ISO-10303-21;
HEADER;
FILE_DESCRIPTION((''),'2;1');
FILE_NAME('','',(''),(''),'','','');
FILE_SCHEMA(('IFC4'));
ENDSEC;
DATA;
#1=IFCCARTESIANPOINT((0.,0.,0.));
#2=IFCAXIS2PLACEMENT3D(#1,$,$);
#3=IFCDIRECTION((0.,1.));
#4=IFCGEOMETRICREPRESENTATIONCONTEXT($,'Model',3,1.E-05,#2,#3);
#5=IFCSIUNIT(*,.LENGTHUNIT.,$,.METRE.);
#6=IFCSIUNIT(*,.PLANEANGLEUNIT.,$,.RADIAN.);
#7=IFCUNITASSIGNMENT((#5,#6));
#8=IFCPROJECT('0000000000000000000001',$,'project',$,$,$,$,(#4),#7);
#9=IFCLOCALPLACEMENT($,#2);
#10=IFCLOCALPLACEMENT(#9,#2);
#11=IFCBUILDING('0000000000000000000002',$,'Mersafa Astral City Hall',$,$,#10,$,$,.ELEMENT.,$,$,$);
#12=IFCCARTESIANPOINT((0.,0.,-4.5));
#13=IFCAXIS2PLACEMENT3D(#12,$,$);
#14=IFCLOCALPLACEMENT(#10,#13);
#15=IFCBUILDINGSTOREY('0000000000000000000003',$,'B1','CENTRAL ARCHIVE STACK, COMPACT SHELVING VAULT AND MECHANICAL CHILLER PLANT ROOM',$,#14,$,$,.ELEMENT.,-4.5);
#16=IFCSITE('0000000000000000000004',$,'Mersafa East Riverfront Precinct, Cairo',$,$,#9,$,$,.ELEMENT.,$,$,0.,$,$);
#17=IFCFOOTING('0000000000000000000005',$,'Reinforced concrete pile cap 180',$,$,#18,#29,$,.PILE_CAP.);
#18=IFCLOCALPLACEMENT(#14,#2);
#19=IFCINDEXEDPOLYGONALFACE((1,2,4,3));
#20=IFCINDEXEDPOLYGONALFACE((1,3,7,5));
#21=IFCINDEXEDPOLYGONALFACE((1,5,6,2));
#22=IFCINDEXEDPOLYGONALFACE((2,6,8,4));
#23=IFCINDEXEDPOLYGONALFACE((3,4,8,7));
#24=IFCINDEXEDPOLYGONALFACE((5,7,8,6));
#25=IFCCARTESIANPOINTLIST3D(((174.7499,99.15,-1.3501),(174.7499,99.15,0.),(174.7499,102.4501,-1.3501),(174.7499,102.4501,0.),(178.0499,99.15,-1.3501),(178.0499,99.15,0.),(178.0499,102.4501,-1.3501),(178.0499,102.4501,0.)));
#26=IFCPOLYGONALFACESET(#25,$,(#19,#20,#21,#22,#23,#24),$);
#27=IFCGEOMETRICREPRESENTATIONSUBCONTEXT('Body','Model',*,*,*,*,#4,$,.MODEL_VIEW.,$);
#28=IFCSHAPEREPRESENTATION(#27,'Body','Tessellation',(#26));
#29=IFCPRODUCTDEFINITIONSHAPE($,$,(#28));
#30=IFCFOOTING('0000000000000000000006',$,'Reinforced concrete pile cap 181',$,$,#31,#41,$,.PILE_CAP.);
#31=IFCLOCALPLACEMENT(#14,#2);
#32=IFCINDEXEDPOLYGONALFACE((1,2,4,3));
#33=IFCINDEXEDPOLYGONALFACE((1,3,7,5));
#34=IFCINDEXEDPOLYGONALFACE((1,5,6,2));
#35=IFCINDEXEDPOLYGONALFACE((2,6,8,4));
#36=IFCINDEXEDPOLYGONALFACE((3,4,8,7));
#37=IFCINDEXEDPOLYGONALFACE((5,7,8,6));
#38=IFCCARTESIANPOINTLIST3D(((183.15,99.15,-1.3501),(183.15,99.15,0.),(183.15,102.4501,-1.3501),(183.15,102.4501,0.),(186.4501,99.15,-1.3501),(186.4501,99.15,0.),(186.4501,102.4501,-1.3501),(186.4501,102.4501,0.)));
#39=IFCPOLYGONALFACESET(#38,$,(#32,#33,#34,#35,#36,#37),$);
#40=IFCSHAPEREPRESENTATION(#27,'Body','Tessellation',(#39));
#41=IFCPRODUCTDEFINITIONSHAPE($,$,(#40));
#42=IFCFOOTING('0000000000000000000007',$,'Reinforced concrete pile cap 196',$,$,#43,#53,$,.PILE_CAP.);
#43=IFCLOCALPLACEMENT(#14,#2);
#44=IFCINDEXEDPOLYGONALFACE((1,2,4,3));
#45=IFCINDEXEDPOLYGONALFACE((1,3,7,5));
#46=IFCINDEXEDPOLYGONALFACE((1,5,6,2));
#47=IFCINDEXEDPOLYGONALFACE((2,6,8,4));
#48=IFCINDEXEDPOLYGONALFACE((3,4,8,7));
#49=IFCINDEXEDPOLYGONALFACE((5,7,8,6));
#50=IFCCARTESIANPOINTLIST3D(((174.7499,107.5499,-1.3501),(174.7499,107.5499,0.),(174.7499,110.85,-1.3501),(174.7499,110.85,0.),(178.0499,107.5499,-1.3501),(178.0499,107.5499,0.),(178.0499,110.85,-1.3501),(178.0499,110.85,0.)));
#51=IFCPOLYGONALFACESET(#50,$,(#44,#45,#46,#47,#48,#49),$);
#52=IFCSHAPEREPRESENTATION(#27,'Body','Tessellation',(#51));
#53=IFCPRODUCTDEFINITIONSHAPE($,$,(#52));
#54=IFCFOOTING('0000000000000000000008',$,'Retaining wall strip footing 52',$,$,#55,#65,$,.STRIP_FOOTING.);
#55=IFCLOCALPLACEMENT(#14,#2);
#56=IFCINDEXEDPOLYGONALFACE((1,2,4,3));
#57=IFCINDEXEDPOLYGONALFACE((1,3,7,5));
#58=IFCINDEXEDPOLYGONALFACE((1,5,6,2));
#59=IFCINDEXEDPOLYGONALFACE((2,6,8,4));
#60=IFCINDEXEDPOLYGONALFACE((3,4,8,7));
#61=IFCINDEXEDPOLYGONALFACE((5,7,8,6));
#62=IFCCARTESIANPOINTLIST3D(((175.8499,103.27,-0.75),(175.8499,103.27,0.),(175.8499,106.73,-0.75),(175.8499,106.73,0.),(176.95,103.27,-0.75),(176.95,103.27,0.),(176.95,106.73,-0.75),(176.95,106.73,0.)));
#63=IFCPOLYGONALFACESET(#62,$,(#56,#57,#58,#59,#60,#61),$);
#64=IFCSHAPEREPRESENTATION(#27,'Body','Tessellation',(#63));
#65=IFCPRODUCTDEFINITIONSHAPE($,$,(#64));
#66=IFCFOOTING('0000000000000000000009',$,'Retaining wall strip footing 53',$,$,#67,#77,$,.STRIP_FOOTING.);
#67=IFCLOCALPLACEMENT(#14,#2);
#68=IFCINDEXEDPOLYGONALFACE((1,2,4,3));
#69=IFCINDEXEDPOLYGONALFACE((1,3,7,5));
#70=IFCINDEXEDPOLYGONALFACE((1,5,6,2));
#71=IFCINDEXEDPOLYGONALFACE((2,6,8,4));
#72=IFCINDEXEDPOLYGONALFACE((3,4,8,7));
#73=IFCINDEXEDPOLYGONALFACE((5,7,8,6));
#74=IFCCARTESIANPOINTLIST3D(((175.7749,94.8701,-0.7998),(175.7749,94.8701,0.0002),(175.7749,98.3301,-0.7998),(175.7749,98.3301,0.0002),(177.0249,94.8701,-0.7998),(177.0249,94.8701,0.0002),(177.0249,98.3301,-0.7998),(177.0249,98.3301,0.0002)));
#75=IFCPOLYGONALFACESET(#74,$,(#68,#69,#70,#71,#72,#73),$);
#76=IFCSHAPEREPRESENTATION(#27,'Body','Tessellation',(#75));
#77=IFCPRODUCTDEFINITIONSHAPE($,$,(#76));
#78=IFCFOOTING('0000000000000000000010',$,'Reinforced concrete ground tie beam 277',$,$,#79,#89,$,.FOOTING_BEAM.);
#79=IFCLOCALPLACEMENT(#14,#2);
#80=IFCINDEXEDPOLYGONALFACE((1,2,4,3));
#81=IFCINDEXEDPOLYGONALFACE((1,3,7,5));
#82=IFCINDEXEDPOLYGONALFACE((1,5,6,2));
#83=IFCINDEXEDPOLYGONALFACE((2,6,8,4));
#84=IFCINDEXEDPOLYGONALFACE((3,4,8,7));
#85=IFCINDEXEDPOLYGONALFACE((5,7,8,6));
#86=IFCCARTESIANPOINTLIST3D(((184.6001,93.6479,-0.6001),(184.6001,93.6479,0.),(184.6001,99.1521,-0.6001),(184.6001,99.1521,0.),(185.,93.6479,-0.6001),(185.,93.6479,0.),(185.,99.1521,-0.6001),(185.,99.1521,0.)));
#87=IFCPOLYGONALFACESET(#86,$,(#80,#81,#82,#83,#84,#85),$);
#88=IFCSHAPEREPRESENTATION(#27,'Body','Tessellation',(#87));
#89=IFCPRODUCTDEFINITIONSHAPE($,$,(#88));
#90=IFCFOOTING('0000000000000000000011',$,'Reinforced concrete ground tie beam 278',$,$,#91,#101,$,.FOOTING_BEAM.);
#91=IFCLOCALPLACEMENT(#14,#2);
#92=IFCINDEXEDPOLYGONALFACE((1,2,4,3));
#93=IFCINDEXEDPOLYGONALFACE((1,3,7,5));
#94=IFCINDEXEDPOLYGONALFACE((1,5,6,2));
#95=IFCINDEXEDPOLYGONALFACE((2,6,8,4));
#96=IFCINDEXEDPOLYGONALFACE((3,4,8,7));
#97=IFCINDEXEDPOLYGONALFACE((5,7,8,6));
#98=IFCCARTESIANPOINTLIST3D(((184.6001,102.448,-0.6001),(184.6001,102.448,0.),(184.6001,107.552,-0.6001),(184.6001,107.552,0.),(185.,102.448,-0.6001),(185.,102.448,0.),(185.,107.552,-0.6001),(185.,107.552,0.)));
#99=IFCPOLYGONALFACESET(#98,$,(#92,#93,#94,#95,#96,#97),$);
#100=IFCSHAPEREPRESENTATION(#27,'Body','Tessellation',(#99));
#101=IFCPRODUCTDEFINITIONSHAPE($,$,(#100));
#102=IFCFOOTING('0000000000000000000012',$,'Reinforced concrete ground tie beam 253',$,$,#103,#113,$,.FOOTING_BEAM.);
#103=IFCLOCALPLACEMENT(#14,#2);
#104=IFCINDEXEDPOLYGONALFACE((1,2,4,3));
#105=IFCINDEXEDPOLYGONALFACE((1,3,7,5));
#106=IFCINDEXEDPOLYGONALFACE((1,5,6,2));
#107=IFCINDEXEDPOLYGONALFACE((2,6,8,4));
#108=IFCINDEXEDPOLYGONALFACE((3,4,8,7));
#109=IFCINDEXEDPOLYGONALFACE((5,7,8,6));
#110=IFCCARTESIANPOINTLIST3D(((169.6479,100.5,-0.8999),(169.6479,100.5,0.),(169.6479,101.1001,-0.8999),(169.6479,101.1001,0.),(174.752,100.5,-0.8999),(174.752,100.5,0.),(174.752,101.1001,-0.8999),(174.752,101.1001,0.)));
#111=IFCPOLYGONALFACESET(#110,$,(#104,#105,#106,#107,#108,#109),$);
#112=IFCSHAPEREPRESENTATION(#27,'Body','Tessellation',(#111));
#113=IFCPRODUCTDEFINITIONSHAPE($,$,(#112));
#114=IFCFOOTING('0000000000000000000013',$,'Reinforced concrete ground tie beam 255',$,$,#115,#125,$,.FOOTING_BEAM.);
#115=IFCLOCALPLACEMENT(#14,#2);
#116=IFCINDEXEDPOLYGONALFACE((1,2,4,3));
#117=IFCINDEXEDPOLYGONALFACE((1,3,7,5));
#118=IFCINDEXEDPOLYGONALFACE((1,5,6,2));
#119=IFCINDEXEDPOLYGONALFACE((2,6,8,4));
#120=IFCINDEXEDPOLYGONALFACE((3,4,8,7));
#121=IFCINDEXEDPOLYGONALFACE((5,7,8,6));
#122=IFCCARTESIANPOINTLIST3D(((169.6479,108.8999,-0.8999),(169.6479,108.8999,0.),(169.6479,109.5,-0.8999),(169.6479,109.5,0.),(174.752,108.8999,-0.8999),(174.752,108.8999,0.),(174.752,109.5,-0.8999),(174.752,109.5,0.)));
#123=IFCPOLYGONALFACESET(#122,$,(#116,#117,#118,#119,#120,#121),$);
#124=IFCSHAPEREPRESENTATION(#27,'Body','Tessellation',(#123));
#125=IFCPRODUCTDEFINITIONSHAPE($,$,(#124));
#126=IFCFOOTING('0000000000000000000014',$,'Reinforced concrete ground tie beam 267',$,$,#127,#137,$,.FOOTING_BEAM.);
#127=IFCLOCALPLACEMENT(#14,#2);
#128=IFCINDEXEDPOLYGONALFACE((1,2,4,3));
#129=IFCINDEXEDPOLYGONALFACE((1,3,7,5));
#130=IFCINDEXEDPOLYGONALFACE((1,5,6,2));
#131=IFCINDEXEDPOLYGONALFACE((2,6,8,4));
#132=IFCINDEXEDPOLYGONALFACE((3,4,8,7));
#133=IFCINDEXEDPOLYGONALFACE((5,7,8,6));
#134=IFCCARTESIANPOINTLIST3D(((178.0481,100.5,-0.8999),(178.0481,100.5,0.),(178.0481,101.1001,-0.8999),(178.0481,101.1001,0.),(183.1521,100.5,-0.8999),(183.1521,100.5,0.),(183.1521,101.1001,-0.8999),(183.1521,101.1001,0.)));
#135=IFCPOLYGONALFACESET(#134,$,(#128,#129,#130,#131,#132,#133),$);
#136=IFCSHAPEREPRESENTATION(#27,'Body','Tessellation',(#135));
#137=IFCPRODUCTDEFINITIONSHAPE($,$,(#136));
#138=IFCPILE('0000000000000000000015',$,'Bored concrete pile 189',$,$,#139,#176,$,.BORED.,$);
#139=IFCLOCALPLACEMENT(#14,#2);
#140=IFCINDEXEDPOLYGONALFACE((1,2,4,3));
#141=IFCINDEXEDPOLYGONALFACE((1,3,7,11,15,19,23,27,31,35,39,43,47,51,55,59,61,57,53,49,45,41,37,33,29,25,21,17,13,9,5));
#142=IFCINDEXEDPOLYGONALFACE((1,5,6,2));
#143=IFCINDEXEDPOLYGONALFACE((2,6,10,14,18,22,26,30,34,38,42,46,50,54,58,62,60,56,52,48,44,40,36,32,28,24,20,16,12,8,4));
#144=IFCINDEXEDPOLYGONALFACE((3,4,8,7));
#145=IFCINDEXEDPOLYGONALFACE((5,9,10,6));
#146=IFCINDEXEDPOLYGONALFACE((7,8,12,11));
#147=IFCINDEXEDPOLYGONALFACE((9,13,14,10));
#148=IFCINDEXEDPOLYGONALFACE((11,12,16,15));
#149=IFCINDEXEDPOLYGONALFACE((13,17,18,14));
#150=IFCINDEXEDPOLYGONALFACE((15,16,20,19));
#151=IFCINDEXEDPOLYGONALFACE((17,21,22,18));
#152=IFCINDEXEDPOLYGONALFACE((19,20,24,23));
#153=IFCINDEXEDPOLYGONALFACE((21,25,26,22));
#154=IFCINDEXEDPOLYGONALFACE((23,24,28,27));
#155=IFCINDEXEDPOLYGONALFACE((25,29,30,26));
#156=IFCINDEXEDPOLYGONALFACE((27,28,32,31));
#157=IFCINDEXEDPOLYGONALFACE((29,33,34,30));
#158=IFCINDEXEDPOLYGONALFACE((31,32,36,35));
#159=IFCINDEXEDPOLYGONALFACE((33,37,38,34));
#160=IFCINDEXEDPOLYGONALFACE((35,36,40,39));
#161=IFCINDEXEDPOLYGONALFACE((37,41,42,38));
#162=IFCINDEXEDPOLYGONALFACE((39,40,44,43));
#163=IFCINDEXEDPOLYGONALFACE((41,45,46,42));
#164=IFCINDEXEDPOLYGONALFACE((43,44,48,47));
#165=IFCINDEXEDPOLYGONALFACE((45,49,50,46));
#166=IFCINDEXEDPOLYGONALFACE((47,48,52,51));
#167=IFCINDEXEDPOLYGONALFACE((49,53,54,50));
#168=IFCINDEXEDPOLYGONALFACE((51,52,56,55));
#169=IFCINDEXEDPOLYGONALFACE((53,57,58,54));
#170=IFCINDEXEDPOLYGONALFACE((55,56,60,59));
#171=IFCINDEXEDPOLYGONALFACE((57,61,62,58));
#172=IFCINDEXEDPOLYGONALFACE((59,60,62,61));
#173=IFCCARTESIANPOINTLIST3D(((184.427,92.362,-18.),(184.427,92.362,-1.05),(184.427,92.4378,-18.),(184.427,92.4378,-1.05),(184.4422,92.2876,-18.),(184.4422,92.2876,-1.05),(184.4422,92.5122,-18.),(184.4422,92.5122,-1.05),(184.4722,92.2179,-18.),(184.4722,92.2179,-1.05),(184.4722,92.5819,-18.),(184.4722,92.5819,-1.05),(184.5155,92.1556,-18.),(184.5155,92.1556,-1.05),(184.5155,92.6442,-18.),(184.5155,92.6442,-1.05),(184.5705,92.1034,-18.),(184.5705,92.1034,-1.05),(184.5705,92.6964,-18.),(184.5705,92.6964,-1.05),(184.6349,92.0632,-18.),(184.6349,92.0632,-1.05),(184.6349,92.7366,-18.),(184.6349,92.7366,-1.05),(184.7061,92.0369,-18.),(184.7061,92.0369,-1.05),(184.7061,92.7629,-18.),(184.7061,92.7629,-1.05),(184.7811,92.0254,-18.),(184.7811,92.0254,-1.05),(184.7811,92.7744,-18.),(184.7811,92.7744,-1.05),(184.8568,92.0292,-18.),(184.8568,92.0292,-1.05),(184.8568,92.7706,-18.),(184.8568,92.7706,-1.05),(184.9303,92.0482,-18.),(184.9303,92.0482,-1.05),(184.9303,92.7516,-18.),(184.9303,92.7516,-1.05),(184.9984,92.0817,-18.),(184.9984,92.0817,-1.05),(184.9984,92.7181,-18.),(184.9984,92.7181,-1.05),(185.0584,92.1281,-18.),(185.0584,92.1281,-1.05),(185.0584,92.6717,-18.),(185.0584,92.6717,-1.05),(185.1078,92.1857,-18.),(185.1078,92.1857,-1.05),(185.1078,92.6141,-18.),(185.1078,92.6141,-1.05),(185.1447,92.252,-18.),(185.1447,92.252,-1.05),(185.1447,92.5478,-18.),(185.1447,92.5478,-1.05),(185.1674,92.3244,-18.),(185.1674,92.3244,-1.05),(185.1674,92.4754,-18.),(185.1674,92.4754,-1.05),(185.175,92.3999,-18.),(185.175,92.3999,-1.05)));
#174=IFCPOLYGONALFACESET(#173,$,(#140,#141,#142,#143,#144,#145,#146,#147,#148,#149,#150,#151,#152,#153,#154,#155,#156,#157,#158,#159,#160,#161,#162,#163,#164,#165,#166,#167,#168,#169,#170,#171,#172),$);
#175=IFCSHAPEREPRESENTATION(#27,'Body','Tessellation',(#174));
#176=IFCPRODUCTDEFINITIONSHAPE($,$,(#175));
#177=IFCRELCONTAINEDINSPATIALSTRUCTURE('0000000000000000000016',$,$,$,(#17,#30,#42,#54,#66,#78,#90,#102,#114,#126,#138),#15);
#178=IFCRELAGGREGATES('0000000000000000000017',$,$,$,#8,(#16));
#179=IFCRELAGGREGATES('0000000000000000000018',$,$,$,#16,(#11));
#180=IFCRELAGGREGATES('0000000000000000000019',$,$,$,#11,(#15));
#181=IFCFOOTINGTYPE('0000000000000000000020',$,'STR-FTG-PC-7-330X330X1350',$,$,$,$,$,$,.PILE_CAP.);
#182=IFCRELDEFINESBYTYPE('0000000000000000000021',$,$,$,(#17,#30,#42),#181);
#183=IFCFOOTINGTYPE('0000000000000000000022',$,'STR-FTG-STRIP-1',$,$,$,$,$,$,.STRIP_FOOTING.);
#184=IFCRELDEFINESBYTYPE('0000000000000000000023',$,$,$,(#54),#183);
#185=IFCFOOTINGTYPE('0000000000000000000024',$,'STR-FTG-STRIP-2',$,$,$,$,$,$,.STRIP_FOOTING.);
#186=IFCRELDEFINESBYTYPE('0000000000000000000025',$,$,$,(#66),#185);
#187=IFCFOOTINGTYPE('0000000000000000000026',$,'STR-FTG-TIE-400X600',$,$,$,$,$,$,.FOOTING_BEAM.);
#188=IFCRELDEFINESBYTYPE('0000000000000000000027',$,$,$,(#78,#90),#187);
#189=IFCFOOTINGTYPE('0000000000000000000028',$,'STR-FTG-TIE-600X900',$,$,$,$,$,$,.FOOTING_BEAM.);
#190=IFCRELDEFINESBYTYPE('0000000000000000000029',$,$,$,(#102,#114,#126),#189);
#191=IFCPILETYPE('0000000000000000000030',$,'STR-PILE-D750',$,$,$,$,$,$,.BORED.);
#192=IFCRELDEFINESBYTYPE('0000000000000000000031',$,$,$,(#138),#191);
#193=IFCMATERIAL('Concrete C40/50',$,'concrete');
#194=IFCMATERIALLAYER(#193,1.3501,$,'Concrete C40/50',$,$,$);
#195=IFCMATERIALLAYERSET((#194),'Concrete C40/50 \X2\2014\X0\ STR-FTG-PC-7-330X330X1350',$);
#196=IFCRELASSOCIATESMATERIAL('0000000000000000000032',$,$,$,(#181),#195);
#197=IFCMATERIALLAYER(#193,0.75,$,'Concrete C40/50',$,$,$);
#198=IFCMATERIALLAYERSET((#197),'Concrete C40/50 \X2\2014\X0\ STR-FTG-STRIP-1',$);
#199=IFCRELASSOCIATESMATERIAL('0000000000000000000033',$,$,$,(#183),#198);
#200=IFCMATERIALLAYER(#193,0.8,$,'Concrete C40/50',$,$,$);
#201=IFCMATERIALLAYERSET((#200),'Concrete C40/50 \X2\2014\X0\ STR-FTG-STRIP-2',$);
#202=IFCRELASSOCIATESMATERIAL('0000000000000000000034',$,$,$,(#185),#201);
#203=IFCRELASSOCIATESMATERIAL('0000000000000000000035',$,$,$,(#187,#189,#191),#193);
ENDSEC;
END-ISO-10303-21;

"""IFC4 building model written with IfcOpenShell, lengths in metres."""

from ifc_helpers import new_model, si_unit, direction, frame, origin, origin_2d, place, context, subcontext, project, spatial, rectangle, circle, extrude, material, layer, layer_set, material_profile, profile_set, type_object, element, save


model = new_model("IFC4")

# Units and contexts
model_context = context("Model", 3, precision=1e-05, world=origin(), true_north=direction((0.0, 1.0)))
body_context = subcontext(model_context, "Body", "Model", "MODEL_VIEW")
ifc_project = project(units=[si_unit("LENGTHUNIT", "METRE"), si_unit("PLANEANGLEUNIT", "RADIAN")], contexts=[model_context])

# Site, building, storey
site_placement = place(None, origin())
site = spatial("IfcSite", under=ifc_project, at=site_placement, Name="Mersafa East Riverfront Precinct, Cairo", CompositionType="ELEMENT", RefElevation=0.0)
building_placement = place(site_placement, origin())
building = spatial("IfcBuilding", under=site, at=building_placement, Name="Mersafa Astral City Hall", CompositionType="ELEMENT")
storey_placement = place(building_placement, frame((0.0, 0.0, -4.5)))
storey = spatial("IfcBuildingStorey", under=building, at=storey_placement, Name="B1", Description="CENTRAL ARCHIVE STACK, COMPACT SHELVING VAULT AND MECHANICAL CHILLER PLANT ROOM", CompositionType="ELEMENT", Elevation=-4.5)

# Footings
ifc_material_1 = material(Name="Concrete C40/50", Category="concrete")
ifc_layer_1 = layer(ifc_material_1, 1.3501, Name="Concrete C40/50")
ifc_layer_set_1 = layer_set([ifc_layer_1], Name="Concrete C40/50 — STR-FTG-PC-7-330X330X1350")
footing_type_1 = type_object("IfcFootingType", Name="STR-FTG-PC-7-330X330X1350", PredefinedType="PILE_CAP", material=ifc_layer_set_1)
for number, where, z_axis, x_axis, name in (
    (1, (176.3999, 100.8, -1.3501), (0.0, 0.0, 1.0), (1.0, 0.0, 0.0), "Reinforced concrete pile cap 180"),
    (2, (184.8, 100.8, -1.3501), (0.0, 0.0, 1.0), (1.0, 0.0, 0.0), "Reinforced concrete pile cap 181"),
    (3, (176.3999, 109.2, -1.3501), (0.0, 0.0, 1.0), (1.0, 0.0, 0.0), "Reinforced concrete pile cap 196"),
):
    element("IfcFooting", number, at=place(storey_placement, frame(where, z_axis=z_axis, x_axis=x_axis)), inside=storey, type_object=footing_type_1, Name=name, PredefinedType="PILE_CAP", context=body_context, shape_type="SweptSolid", body=[
        extrude(rectangle(XDim=3.3, YDim=3.3, at=origin_2d()), origin(), (0.0, 0.0, 1.0), 1.3501),
    ])
ifc_layer_2 = layer(ifc_material_1, 0.75, Name="Concrete C40/50")
ifc_layer_set_2 = layer_set([ifc_layer_2], Name="Concrete C40/50 — STR-FTG-STRIP-1")
footing_type_2 = type_object("IfcFootingType", Name="STR-FTG-STRIP-1", PredefinedType="STRIP_FOOTING", material=ifc_layer_set_2)
footing_1_placement = place(storey_placement, frame((176.3999, 105.0, -0.75), z_axis=(0.0, 0.0, 1.0), x_axis=(0.0, -1.0, 0.0)))
element("IfcFooting", 4, at=footing_1_placement, inside=storey, type_object=footing_type_2, Name="Retaining wall strip footing 52", PredefinedType="STRIP_FOOTING", context=body_context, shape_type="SweptSolid", body=[
    extrude(rectangle(XDim=3.46, YDim=1.1001, at=origin_2d()), origin(), (0.0, 0.0, 1.0), 0.75),
])
ifc_layer_3 = layer(ifc_material_1, 0.8, Name="Concrete C40/50")
ifc_layer_set_3 = layer_set([ifc_layer_3], Name="Concrete C40/50 — STR-FTG-STRIP-2")
footing_type_3 = type_object("IfcFootingType", Name="STR-FTG-STRIP-2", PredefinedType="STRIP_FOOTING", material=ifc_layer_set_3)
footing_2_placement = place(storey_placement, frame((176.3999, 96.6001, -0.7998), z_axis=(0.0, 0.0, 1.0), x_axis=(0.0, -1.0, 0.0)))
element("IfcFooting", 5, at=footing_2_placement, inside=storey, type_object=footing_type_3, Name="Retaining wall strip footing 53", PredefinedType="STRIP_FOOTING", context=body_context, shape_type="SweptSolid", body=[
    extrude(rectangle(XDim=3.46, YDim=1.25, at=origin_2d()), origin(), (0.0, 0.0, 1.0), 0.8),
])
ifc_material_profile_1 = material_profile(ifc_material_1, rectangle(XDim=0.3999, YDim=0.6001, at=origin_2d()), Name="RC 400x600")
ifc_profile_set_1 = profile_set([ifc_material_profile_1], Name="Concrete C40/50")
footing_type_4 = type_object("IfcFootingType", Name="STR-FTG-TIE-400X600", PredefinedType="FOOTING_BEAM", material=ifc_profile_set_1)
footing_3_placement = place(storey_placement, frame((184.8, 93.6479, -0.3), z_axis=(0.0, 1.0, 0.0), x_axis=(-1.0, 0.0, 0.0)))
element("IfcFooting", 6, at=footing_3_placement, inside=storey, type_object=footing_type_4, Name="Reinforced concrete ground tie beam 277", PredefinedType="FOOTING_BEAM", context=body_context, shape_type="SweptSolid", body=[
    extrude(rectangle(XDim=0.3999, YDim=0.6001, at=origin_2d()), origin(), (0.0, 0.0, 1.0), 5.5042),
])
footing_4_placement = place(storey_placement, frame((184.8, 102.448, -0.3), z_axis=(0.0, 1.0, 0.0), x_axis=(-1.0, 0.0, 0.0)))
element("IfcFooting", 7, at=footing_4_placement, inside=storey, type_object=footing_type_4, Name="Reinforced concrete ground tie beam 278", PredefinedType="FOOTING_BEAM", context=body_context, shape_type="SweptSolid", body=[
    extrude(rectangle(XDim=0.3999, YDim=0.6001, at=origin_2d()), origin(), (0.0, 0.0, 1.0), 5.104),
])
ifc_material_profile_2 = material_profile(ifc_material_1, rectangle(XDim=0.6001, YDim=0.8999, at=origin_2d()), Name="RC 600x900")
ifc_profile_set_2 = profile_set([ifc_material_profile_2], Name="Concrete C40/50")
footing_type_5 = type_object("IfcFootingType", Name="STR-FTG-TIE-600X900", PredefinedType="FOOTING_BEAM", material=ifc_profile_set_2)
for number, where, z_axis, x_axis, name in (
    (8, (169.6479, 100.8, -0.45), (1.0, 0.0, 0.0), (0.0, 1.0, 0.0), "Reinforced concrete ground tie beam 253"),
    (9, (169.6479, 109.2, -0.45), (1.0, 0.0, 0.0), (0.0, 1.0, 0.0), "Reinforced concrete ground tie beam 255"),
    (10, (178.0481, 100.8, -0.45), (1.0, 0.0, 0.0), (0.0, 1.0, 0.0), "Reinforced concrete ground tie beam 267"),
):
    element("IfcFooting", number, at=place(storey_placement, frame(where, z_axis=z_axis, x_axis=x_axis)), inside=storey, type_object=footing_type_5, Name=name, PredefinedType="FOOTING_BEAM", context=body_context, shape_type="SweptSolid", body=[
        extrude(rectangle(XDim=0.6001, YDim=0.8999, at=origin_2d()), origin(), (0.0, 0.0, 1.0), 5.104),
    ])

# Pile
ifc_material_profile_3 = material_profile(ifc_material_1, circle(Radius=0.375, at=origin_2d()), Name="PILE D750")
ifc_profile_set_3 = profile_set([ifc_material_profile_3], Name="Concrete C40/50")
pile_type_1 = type_object("IfcPileType", Name="STR-PILE-D750", PredefinedType="BORED", material=ifc_profile_set_3)
pile_placement = place(storey_placement, frame((184.8, 92.3999, -1.05), z_axis=(0.0, 0.0, -1.0), x_axis=(1.0, 0.0, 0.0)))
element("IfcPile", 11, at=pile_placement, inside=storey, type_object=pile_type_1, Name="Bored concrete pile 189", PredefinedType="BORED", context=body_context, shape_type="SweptSolid", body=[
    extrude(circle(Radius=0.375, at=origin_2d()), origin(), (0.0, 0.0, 1.0), 16.95),
])

save(model, "model.ifc")
